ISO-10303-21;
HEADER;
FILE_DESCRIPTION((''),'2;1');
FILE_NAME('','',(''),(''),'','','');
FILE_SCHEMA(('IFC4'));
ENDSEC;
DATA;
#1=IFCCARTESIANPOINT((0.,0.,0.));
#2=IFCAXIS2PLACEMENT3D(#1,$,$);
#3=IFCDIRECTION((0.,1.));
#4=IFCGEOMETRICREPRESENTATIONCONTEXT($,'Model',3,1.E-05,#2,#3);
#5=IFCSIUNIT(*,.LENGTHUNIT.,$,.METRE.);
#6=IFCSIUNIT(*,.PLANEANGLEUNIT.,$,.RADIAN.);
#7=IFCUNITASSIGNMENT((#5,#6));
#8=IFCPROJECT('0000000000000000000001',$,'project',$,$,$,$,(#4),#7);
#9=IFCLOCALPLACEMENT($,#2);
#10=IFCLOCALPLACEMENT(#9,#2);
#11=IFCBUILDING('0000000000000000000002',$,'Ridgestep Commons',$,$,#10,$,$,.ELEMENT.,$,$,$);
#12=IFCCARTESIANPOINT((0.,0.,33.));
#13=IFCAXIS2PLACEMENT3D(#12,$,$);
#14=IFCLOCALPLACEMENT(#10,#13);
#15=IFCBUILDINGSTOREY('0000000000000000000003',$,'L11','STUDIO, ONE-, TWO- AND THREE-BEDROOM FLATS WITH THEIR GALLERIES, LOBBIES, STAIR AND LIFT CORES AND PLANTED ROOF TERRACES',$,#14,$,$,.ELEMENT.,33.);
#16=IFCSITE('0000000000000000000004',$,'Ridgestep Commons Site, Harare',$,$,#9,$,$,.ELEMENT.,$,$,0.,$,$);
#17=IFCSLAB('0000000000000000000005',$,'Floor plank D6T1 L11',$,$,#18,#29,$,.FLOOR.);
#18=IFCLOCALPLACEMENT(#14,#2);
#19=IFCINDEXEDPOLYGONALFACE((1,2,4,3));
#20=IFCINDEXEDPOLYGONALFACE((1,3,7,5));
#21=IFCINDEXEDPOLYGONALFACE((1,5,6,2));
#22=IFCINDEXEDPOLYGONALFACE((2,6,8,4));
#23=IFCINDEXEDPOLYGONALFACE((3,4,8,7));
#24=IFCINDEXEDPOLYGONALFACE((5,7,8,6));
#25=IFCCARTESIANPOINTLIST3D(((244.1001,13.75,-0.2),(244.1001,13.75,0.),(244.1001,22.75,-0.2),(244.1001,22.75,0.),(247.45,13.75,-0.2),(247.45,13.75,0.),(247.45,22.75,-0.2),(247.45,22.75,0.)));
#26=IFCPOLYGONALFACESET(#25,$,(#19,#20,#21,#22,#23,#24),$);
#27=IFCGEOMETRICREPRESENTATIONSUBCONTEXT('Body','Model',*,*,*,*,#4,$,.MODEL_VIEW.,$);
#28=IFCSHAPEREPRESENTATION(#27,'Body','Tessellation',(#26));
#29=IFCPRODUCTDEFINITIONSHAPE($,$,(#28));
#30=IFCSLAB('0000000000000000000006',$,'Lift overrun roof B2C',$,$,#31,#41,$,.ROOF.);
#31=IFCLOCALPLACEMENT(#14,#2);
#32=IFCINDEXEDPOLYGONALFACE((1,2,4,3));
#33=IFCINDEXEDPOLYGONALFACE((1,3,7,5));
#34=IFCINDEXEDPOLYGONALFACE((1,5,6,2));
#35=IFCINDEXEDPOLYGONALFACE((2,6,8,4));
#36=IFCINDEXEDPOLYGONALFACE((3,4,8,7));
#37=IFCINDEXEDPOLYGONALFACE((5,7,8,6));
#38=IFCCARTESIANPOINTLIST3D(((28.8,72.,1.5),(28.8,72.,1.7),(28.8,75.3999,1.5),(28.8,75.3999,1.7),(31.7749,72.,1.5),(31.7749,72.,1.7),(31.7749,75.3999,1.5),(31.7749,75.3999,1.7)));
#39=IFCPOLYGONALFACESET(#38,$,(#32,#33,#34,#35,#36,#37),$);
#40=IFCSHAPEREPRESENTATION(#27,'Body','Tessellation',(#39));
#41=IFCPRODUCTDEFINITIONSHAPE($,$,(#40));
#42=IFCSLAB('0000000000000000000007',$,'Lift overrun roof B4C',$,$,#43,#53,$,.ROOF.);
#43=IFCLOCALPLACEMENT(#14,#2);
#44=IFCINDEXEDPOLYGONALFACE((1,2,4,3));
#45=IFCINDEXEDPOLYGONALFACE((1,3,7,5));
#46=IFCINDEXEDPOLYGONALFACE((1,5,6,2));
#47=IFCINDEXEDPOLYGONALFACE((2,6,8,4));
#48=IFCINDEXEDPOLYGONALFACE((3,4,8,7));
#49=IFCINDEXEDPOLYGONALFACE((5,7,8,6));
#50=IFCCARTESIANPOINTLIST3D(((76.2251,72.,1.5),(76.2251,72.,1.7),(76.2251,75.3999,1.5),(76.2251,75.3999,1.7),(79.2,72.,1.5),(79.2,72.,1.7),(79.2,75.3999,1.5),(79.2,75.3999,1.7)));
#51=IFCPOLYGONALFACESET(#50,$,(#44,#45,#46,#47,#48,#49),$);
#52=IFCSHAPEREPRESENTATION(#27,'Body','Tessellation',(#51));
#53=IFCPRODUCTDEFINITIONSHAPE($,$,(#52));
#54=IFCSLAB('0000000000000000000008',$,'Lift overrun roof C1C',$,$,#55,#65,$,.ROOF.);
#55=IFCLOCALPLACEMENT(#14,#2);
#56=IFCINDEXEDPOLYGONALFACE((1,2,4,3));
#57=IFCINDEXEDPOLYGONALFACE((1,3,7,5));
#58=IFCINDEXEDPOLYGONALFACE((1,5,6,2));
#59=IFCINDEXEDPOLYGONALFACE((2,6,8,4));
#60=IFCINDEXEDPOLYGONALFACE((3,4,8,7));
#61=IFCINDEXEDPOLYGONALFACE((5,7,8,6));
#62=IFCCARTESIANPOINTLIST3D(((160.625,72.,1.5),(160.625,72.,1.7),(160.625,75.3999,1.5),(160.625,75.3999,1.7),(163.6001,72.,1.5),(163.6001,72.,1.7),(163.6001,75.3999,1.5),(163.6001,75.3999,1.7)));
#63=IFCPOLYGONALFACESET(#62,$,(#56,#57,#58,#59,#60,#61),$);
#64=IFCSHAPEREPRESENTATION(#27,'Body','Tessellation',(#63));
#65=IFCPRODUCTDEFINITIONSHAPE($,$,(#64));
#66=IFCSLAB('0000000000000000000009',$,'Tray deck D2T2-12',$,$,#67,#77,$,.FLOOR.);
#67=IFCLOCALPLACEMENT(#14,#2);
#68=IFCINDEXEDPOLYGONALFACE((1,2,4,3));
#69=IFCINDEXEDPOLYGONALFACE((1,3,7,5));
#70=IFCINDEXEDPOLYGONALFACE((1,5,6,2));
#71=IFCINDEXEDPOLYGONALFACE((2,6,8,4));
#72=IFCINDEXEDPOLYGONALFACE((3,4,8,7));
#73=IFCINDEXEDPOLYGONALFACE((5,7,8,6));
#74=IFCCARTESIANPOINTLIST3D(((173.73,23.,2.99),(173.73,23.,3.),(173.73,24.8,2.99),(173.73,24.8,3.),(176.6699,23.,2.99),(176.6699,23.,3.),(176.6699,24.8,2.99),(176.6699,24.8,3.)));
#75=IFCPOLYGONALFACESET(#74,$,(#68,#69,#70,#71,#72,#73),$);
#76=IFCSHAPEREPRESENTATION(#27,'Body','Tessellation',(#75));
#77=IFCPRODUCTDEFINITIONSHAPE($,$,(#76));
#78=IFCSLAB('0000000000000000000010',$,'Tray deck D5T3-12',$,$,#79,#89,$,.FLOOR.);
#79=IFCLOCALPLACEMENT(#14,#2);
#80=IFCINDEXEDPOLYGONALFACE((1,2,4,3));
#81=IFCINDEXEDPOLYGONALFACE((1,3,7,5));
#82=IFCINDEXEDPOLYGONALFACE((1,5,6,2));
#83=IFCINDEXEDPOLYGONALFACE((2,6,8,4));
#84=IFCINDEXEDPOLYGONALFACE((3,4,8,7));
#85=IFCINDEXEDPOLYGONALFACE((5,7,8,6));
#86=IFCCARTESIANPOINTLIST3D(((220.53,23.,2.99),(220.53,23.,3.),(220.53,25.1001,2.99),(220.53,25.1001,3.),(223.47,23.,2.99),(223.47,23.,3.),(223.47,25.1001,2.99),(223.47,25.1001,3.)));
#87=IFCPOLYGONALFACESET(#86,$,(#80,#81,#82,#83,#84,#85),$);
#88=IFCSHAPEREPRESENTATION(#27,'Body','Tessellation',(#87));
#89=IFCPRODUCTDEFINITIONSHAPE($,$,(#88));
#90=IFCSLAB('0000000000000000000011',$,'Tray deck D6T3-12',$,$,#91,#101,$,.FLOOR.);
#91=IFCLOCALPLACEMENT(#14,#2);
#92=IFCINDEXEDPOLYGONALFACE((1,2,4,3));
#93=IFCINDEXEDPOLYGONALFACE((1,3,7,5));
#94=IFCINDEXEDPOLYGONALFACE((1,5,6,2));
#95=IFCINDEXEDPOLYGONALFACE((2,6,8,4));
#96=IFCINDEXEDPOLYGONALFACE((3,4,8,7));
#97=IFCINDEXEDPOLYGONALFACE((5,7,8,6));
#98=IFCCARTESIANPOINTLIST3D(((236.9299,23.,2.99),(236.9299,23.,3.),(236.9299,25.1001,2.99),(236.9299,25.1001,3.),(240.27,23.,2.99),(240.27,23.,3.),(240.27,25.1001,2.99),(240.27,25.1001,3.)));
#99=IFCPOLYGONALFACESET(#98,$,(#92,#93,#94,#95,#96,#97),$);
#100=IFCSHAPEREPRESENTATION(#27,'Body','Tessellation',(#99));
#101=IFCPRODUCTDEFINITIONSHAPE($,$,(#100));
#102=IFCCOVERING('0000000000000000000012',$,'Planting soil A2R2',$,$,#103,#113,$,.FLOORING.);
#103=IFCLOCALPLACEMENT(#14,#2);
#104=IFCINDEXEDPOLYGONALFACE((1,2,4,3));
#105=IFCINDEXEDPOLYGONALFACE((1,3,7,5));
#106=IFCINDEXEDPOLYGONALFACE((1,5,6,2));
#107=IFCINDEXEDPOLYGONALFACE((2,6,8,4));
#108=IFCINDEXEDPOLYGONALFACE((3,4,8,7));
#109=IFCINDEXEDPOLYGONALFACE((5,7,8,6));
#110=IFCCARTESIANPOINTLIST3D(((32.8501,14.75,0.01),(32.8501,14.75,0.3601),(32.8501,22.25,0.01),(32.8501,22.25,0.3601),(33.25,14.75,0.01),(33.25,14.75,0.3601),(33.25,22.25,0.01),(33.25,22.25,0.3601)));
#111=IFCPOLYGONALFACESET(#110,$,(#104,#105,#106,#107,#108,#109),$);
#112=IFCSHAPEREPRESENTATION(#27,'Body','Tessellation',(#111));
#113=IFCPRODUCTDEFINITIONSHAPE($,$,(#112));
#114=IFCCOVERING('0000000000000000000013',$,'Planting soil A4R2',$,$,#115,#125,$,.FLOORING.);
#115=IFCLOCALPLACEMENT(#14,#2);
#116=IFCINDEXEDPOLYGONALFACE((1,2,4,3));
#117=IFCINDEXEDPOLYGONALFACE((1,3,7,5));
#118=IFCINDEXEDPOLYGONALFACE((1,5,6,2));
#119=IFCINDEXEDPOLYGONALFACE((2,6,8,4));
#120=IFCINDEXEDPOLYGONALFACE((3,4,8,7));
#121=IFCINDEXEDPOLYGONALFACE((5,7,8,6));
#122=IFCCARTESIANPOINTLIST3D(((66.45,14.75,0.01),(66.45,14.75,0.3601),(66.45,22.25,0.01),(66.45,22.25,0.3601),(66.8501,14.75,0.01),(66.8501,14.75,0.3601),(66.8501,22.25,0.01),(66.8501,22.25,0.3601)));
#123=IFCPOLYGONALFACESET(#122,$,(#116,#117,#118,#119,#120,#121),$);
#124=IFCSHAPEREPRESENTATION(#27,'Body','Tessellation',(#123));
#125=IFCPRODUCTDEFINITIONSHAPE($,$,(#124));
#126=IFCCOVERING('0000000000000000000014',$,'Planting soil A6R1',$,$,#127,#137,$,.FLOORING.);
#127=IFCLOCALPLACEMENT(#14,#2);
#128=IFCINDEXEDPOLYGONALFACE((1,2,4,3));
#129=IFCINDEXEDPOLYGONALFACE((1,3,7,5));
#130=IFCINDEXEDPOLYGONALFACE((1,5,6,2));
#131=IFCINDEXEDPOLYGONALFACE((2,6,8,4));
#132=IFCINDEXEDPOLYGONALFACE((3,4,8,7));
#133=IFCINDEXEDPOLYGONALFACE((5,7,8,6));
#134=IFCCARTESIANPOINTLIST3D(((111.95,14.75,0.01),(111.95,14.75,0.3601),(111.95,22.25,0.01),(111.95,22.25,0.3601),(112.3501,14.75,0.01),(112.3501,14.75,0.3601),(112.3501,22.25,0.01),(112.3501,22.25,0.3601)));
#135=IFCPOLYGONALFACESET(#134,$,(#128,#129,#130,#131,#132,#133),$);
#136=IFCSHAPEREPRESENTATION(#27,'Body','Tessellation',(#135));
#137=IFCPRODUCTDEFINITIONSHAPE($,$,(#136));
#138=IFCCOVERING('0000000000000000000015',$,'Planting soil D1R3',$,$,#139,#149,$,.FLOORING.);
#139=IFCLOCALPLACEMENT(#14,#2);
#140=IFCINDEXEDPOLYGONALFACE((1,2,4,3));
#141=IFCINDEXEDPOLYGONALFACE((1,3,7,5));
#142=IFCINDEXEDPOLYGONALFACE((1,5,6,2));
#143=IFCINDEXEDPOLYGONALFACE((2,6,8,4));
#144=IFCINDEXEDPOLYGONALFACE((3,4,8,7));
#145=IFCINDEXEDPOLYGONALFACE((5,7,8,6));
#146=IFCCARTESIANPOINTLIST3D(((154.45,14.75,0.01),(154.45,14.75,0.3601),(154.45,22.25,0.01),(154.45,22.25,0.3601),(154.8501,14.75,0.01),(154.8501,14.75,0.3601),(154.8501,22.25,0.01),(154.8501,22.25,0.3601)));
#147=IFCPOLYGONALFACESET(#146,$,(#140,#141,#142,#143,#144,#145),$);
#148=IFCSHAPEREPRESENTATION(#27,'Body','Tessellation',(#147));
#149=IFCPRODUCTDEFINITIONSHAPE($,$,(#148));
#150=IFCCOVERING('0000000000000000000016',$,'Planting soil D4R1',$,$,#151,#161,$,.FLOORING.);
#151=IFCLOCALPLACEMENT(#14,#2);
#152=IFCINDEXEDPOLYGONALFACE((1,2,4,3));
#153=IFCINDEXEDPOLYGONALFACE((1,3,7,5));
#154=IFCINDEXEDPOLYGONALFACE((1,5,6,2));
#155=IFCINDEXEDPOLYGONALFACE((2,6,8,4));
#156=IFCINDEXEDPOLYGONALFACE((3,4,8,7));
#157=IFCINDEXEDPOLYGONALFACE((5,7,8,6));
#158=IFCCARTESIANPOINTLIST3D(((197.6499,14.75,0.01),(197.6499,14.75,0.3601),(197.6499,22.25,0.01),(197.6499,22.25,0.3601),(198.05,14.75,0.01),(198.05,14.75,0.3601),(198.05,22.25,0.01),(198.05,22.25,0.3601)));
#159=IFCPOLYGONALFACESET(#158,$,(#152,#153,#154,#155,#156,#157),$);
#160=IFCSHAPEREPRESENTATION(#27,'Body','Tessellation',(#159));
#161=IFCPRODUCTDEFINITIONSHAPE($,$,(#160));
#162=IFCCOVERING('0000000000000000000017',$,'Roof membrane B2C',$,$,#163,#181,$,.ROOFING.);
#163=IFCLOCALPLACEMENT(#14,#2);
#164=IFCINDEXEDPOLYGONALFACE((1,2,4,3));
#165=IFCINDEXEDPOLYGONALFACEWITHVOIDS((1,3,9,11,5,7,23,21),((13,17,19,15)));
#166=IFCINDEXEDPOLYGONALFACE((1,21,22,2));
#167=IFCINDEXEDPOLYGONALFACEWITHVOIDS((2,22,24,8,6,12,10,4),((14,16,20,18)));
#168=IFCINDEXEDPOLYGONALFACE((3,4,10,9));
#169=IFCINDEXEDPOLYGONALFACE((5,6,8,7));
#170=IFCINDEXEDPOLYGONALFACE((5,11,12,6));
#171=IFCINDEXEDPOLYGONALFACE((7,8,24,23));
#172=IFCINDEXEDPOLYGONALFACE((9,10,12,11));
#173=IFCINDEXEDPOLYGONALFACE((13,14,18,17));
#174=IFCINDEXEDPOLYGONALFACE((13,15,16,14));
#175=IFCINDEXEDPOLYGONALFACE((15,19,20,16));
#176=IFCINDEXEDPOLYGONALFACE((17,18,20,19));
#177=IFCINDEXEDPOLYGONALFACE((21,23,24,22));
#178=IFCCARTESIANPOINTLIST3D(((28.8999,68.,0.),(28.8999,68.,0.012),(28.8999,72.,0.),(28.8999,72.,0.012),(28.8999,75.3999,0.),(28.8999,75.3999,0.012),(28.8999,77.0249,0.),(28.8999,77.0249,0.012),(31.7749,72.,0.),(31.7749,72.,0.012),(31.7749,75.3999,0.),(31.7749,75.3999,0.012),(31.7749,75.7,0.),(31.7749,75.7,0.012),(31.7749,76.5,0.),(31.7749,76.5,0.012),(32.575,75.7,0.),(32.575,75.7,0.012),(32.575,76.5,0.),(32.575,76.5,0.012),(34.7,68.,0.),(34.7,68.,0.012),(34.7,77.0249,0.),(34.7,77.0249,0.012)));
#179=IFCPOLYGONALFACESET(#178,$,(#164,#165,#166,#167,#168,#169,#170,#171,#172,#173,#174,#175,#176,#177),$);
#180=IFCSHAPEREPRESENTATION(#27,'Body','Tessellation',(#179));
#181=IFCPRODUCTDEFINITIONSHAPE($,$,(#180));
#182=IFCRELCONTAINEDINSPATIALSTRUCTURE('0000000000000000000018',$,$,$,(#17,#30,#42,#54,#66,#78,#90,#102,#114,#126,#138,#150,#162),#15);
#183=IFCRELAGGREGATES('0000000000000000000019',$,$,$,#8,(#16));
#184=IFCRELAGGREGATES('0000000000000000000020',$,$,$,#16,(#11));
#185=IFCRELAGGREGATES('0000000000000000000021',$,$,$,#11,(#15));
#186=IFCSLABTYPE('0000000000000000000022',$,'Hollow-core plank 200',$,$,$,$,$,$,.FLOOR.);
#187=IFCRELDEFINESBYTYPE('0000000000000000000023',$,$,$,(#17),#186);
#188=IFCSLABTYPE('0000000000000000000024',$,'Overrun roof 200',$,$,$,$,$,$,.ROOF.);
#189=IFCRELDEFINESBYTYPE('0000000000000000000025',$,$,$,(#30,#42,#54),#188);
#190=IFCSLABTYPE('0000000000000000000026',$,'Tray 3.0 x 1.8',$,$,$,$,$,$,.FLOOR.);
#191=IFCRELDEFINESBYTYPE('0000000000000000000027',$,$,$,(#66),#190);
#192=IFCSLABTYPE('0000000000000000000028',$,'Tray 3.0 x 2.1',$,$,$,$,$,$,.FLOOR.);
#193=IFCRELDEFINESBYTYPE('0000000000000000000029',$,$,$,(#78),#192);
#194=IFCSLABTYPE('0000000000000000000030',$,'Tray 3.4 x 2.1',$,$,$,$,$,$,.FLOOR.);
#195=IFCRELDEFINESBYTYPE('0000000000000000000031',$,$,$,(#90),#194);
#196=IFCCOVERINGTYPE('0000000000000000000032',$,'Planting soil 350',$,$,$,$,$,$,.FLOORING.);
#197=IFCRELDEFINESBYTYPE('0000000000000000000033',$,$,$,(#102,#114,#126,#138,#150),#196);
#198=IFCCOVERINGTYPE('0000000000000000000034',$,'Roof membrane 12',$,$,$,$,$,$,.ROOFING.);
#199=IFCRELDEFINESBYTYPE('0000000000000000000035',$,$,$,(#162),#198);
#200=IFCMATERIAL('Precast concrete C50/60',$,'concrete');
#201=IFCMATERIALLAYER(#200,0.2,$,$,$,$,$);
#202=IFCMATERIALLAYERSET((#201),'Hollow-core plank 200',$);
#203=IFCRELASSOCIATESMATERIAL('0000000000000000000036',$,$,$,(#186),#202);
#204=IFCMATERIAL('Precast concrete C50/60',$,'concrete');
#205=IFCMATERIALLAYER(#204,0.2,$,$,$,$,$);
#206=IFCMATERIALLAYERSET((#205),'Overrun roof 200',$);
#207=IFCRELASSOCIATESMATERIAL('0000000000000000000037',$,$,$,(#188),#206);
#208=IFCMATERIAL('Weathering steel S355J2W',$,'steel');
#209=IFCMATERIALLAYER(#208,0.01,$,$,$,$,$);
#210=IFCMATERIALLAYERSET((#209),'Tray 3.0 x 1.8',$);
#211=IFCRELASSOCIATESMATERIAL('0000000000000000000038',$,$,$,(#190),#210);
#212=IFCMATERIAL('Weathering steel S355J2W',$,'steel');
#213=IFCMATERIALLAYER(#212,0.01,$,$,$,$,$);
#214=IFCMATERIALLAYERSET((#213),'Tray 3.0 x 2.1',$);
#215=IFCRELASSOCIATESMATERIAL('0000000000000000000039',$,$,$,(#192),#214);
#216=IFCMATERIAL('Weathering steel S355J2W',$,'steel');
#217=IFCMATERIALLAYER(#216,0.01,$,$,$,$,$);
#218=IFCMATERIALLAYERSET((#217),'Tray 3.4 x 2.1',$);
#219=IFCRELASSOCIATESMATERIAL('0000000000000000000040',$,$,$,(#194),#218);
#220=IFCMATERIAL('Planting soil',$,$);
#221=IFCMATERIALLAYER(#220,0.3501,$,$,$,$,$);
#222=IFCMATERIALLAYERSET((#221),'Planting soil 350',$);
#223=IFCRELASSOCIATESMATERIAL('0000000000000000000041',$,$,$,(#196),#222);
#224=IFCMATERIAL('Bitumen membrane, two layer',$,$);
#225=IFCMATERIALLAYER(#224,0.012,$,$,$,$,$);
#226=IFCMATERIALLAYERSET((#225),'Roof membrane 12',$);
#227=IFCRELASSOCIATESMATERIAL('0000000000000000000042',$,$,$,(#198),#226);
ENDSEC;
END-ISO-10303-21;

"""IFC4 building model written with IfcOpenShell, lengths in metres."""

from ifc_helpers import new_model, si_unit, direction, frame, origin, place, context, subcontext, project, spatial, polyline, outline, extrude, material, layer, layer_set, type_object, element, save


model = new_model("IFC4")

# Units and contexts
model_context = context("Model", 3, precision=1e-05, world=origin(), true_north=direction((0.0, 1.0)))
body_context = subcontext(model_context, "Body", "Model", "MODEL_VIEW")
ifc_project = project(units=[si_unit("LENGTHUNIT", "METRE"), si_unit("PLANEANGLEUNIT", "RADIAN")], contexts=[model_context])

# Site, building, storey
site_placement = place(None, origin())
site = spatial("IfcSite", under=ifc_project, at=site_placement, Name="Ridgestep Commons Site, Harare", CompositionType="ELEMENT", RefElevation=0.0)
building_placement = place(site_placement, origin())
building = spatial("IfcBuilding", under=site, at=building_placement, Name="Ridgestep Commons", CompositionType="ELEMENT")
storey_placement = place(building_placement, frame((0.0, 0.0, 33.0)))
storey = spatial("IfcBuildingStorey", under=building, at=storey_placement, Name="L11", Description="STUDIO, ONE-, TWO- AND THREE-BEDROOM FLATS WITH THEIR GALLERIES, LOBBIES, STAIR AND LIFT CORES AND PLANTED ROOF TERRACES", CompositionType="ELEMENT", Elevation=33.0)

# Slabs
ifc_material_1 = material(Name="Precast concrete C50/60", Category="concrete")
ifc_layer_1 = layer(ifc_material_1, 0.2)
ifc_layer_set_1 = layer_set([ifc_layer_1], Name="Hollow-core plank 200")
slab_type_1 = type_object("IfcSlabType", Name="Hollow-core plank 200", PredefinedType="FLOOR", material=ifc_layer_set_1)
slab_1_placement = place(storey_placement, frame((0.0, 0.0, -0.2)))
element("IfcSlab", 1, at=slab_1_placement, inside=storey, type_object=slab_type_1, Name="Floor plank D6T1 L11", PredefinedType="FLOOR", context=body_context, shape_type="SweptSolid", body=[
    extrude(outline(polyline([(247.45, 13.75), (247.45, 22.75), (244.1001, 22.75), (244.1001, 13.75), (247.45, 13.75)])), origin(), (0.0, 0.0, 1.0), 0.2),
])
ifc_material_2 = material(Name="Precast concrete C50/60", Category="concrete")
ifc_layer_2 = layer(ifc_material_2, 0.2)
ifc_layer_set_2 = layer_set([ifc_layer_2], Name="Overrun roof 200")
slab_type_2 = type_object("IfcSlabType", Name="Overrun roof 200", PredefinedType="ROOF", material=ifc_layer_set_2)
slab_2_placement = place(storey_placement, frame((0.0, 0.0, 1.5)))
element("IfcSlab", 2, at=slab_2_placement, inside=storey, type_object=slab_type_2, Name="Lift overrun roof B2C", PredefinedType="ROOF", context=body_context, shape_type="SweptSolid", body=[
    extrude(outline(polyline([(31.7749, 72.0), (31.7749, 75.3999), (28.8, 75.3999), (28.8, 72.0), (31.7749, 72.0)])), origin(), (0.0, 0.0, 1.0), 0.2),
])
slab_3_placement = place(storey_placement, frame((0.0, 0.0, 1.5)))
element("IfcSlab", 3, at=slab_3_placement, inside=storey, type_object=slab_type_2, Name="Lift overrun roof B4C", PredefinedType="ROOF", context=body_context, shape_type="SweptSolid", body=[
    extrude(outline(polyline([(79.2, 72.0), (79.2, 75.3999), (76.2251, 75.3999), (76.2251, 72.0), (79.2, 72.0)])), origin(), (0.0, 0.0, 1.0), 0.2),
])
slab_4_placement = place(storey_placement, frame((0.0, 0.0, 1.5)))
element("IfcSlab", 4, at=slab_4_placement, inside=storey, type_object=slab_type_2, Name="Lift overrun roof C1C", PredefinedType="ROOF", context=body_context, shape_type="SweptSolid", body=[
    extrude(outline(polyline([(163.6001, 72.0), (163.6001, 75.3999), (160.625, 75.3999), (160.625, 72.0), (163.6001, 72.0)])), origin(), (0.0, 0.0, 1.0), 0.2),
])
ifc_material_3 = material(Name="Weathering steel S355J2W", Category="steel")
ifc_layer_3 = layer(ifc_material_3, 0.01)
ifc_layer_set_3 = layer_set([ifc_layer_3], Name="Tray 3.0 x 1.8")
slab_type_3 = type_object("IfcSlabType", Name="Tray 3.0 x 1.8", PredefinedType="FLOOR", material=ifc_layer_set_3)
slab_5_placement = place(storey_placement, frame((0.0, 0.0, 2.99)))
element("IfcSlab", 5, at=slab_5_placement, inside=storey, type_object=slab_type_3, Name="Tray deck D2T2-12", PredefinedType="FLOOR", context=body_context, shape_type="SweptSolid", body=[
    extrude(outline(polyline([(173.73, 23.0), (176.6699, 23.0), (176.6699, 24.8), (173.73, 24.8), (173.73, 23.0)])), origin(), (0.0, 0.0, 1.0), 0.01),
])
ifc_material_4 = material(Name="Weathering steel S355J2W", Category="steel")
ifc_layer_4 = layer(ifc_material_4, 0.01)
ifc_layer_set_4 = layer_set([ifc_layer_4], Name="Tray 3.0 x 2.1")
slab_type_4 = type_object("IfcSlabType", Name="Tray 3.0 x 2.1", PredefinedType="FLOOR", material=ifc_layer_set_4)
slab_6_placement = place(storey_placement, frame((0.0, 0.0, 2.99)))
element("IfcSlab", 6, at=slab_6_placement, inside=storey, type_object=slab_type_4, Name="Tray deck D5T3-12", PredefinedType="FLOOR", context=body_context, shape_type="SweptSolid", body=[
    extrude(outline(polyline([(220.53, 23.0), (223.47, 23.0), (223.47, 25.1001), (220.53, 25.1001), (220.53, 23.0)])), origin(), (0.0, 0.0, 1.0), 0.01),
])
ifc_material_5 = material(Name="Weathering steel S355J2W", Category="steel")
ifc_layer_5 = layer(ifc_material_5, 0.01)
ifc_layer_set_5 = layer_set([ifc_layer_5], Name="Tray 3.4 x 2.1")
slab_type_5 = type_object("IfcSlabType", Name="Tray 3.4 x 2.1", PredefinedType="FLOOR", material=ifc_layer_set_5)
slab_7_placement = place(storey_placement, frame((0.0, 0.0, 2.99)))
element("IfcSlab", 7, at=slab_7_placement, inside=storey, type_object=slab_type_5, Name="Tray deck D6T3-12", PredefinedType="FLOOR", context=body_context, shape_type="SweptSolid", body=[
    extrude(outline(polyline([(236.9299, 23.0), (240.27, 23.0), (240.27, 25.1001), (236.9299, 25.1001), (236.9299, 23.0)])), origin(), (0.0, 0.0, 1.0), 0.01),
])

# Coverings
ifc_material_6 = material(Name="Planting soil")
ifc_layer_6 = layer(ifc_material_6, 0.3501)
ifc_layer_set_6 = layer_set([ifc_layer_6], Name="Planting soil 350")
covering_type_1 = type_object("IfcCoveringType", Name="Planting soil 350", PredefinedType="FLOORING", material=ifc_layer_set_6)
covering_1_placement = place(storey_placement, frame((0.0, 0.0, 0.01)))
element("IfcCovering", 8, at=covering_1_placement, inside=storey, type_object=covering_type_1, Name="Planting soil A2R2", PredefinedType="FLOORING", context=body_context, shape_type="SweptSolid", body=[
    extrude(outline(polyline([(32.8501, 14.75), (33.25, 14.75), (33.25, 22.25), (32.8501, 22.25), (32.8501, 14.75)])), origin(), (0.0, 0.0, 1.0), 0.3501),
])
covering_2_placement = place(storey_placement, frame((0.0, 0.0, 0.01)))
element("IfcCovering", 9, at=covering_2_placement, inside=storey, type_object=covering_type_1, Name="Planting soil A4R2", PredefinedType="FLOORING", context=body_context, shape_type="SweptSolid", body=[
    extrude(outline(polyline([(66.45, 14.75), (66.8501, 14.75), (66.8501, 22.25), (66.45, 22.25), (66.45, 14.75)])), origin(), (0.0, 0.0, 1.0), 0.3501),
])
covering_3_placement = place(storey_placement, frame((0.0, 0.0, 0.01)))
element("IfcCovering", 10, at=covering_3_placement, inside=storey, type_object=covering_type_1, Name="Planting soil A6R1", PredefinedType="FLOORING", context=body_context, shape_type="SweptSolid", body=[
    extrude(outline(polyline([(111.95, 14.75), (112.3501, 14.75), (112.3501, 22.25), (111.95, 22.25), (111.95, 14.75)])), origin(), (0.0, 0.0, 1.0), 0.3501),
])
covering_4_placement = place(storey_placement, frame((0.0, 0.0, 0.01)))
element("IfcCovering", 11, at=covering_4_placement, inside=storey, type_object=covering_type_1, Name="Planting soil D1R3", PredefinedType="FLOORING", context=body_context, shape_type="SweptSolid", body=[
    extrude(outline(polyline([(154.45, 14.75), (154.8501, 14.75), (154.8501, 22.25), (154.45, 22.25), (154.45, 14.75)])), origin(), (0.0, 0.0, 1.0), 0.3501),
])
covering_5_placement = place(storey_placement, frame((0.0, 0.0, 0.01)))
element("IfcCovering", 12, at=covering_5_placement, inside=storey, type_object=covering_type_1, Name="Planting soil D4R1", PredefinedType="FLOORING", context=body_context, shape_type="SweptSolid", body=[
    extrude(outline(polyline([(197.6499, 14.75), (198.05, 14.75), (198.05, 22.25), (197.6499, 22.25), (197.6499, 14.75)])), origin(), (0.0, 0.0, 1.0), 0.3501),
])
ifc_material_7 = material(Name="Bitumen membrane, two layer")
ifc_layer_7 = layer(ifc_material_7, 0.012)
ifc_layer_set_7 = layer_set([ifc_layer_7], Name="Roof membrane 12")
covering_type_2 = type_object("IfcCoveringType", Name="Roof membrane 12", PredefinedType="ROOFING", material=ifc_layer_set_7)
covering_6_placement = place(storey_placement, origin())
element("IfcCovering", 13, at=covering_6_placement, inside=storey, type_object=covering_type_2, Name="Roof membrane B2C", PredefinedType="ROOFING", context=body_context, shape_type="SweptSolid", body=[
    extrude(outline(polyline([(34.7, 77.0249), (34.7, 68.0), (28.8999, 68.0), (28.8999, 72.0), (31.7749, 72.0), (31.7749, 75.3999), (28.8999, 75.3999), (28.8999, 77.0249), (34.7, 77.0249)]), holes=[polyline([(32.575, 76.5), (31.7749, 76.5), (31.7749, 75.7), (32.575, 75.7), (32.575, 76.5)])]), origin(), (0.0, 0.0, 1.0), 0.012),
])

save(model, "model.ifc")
